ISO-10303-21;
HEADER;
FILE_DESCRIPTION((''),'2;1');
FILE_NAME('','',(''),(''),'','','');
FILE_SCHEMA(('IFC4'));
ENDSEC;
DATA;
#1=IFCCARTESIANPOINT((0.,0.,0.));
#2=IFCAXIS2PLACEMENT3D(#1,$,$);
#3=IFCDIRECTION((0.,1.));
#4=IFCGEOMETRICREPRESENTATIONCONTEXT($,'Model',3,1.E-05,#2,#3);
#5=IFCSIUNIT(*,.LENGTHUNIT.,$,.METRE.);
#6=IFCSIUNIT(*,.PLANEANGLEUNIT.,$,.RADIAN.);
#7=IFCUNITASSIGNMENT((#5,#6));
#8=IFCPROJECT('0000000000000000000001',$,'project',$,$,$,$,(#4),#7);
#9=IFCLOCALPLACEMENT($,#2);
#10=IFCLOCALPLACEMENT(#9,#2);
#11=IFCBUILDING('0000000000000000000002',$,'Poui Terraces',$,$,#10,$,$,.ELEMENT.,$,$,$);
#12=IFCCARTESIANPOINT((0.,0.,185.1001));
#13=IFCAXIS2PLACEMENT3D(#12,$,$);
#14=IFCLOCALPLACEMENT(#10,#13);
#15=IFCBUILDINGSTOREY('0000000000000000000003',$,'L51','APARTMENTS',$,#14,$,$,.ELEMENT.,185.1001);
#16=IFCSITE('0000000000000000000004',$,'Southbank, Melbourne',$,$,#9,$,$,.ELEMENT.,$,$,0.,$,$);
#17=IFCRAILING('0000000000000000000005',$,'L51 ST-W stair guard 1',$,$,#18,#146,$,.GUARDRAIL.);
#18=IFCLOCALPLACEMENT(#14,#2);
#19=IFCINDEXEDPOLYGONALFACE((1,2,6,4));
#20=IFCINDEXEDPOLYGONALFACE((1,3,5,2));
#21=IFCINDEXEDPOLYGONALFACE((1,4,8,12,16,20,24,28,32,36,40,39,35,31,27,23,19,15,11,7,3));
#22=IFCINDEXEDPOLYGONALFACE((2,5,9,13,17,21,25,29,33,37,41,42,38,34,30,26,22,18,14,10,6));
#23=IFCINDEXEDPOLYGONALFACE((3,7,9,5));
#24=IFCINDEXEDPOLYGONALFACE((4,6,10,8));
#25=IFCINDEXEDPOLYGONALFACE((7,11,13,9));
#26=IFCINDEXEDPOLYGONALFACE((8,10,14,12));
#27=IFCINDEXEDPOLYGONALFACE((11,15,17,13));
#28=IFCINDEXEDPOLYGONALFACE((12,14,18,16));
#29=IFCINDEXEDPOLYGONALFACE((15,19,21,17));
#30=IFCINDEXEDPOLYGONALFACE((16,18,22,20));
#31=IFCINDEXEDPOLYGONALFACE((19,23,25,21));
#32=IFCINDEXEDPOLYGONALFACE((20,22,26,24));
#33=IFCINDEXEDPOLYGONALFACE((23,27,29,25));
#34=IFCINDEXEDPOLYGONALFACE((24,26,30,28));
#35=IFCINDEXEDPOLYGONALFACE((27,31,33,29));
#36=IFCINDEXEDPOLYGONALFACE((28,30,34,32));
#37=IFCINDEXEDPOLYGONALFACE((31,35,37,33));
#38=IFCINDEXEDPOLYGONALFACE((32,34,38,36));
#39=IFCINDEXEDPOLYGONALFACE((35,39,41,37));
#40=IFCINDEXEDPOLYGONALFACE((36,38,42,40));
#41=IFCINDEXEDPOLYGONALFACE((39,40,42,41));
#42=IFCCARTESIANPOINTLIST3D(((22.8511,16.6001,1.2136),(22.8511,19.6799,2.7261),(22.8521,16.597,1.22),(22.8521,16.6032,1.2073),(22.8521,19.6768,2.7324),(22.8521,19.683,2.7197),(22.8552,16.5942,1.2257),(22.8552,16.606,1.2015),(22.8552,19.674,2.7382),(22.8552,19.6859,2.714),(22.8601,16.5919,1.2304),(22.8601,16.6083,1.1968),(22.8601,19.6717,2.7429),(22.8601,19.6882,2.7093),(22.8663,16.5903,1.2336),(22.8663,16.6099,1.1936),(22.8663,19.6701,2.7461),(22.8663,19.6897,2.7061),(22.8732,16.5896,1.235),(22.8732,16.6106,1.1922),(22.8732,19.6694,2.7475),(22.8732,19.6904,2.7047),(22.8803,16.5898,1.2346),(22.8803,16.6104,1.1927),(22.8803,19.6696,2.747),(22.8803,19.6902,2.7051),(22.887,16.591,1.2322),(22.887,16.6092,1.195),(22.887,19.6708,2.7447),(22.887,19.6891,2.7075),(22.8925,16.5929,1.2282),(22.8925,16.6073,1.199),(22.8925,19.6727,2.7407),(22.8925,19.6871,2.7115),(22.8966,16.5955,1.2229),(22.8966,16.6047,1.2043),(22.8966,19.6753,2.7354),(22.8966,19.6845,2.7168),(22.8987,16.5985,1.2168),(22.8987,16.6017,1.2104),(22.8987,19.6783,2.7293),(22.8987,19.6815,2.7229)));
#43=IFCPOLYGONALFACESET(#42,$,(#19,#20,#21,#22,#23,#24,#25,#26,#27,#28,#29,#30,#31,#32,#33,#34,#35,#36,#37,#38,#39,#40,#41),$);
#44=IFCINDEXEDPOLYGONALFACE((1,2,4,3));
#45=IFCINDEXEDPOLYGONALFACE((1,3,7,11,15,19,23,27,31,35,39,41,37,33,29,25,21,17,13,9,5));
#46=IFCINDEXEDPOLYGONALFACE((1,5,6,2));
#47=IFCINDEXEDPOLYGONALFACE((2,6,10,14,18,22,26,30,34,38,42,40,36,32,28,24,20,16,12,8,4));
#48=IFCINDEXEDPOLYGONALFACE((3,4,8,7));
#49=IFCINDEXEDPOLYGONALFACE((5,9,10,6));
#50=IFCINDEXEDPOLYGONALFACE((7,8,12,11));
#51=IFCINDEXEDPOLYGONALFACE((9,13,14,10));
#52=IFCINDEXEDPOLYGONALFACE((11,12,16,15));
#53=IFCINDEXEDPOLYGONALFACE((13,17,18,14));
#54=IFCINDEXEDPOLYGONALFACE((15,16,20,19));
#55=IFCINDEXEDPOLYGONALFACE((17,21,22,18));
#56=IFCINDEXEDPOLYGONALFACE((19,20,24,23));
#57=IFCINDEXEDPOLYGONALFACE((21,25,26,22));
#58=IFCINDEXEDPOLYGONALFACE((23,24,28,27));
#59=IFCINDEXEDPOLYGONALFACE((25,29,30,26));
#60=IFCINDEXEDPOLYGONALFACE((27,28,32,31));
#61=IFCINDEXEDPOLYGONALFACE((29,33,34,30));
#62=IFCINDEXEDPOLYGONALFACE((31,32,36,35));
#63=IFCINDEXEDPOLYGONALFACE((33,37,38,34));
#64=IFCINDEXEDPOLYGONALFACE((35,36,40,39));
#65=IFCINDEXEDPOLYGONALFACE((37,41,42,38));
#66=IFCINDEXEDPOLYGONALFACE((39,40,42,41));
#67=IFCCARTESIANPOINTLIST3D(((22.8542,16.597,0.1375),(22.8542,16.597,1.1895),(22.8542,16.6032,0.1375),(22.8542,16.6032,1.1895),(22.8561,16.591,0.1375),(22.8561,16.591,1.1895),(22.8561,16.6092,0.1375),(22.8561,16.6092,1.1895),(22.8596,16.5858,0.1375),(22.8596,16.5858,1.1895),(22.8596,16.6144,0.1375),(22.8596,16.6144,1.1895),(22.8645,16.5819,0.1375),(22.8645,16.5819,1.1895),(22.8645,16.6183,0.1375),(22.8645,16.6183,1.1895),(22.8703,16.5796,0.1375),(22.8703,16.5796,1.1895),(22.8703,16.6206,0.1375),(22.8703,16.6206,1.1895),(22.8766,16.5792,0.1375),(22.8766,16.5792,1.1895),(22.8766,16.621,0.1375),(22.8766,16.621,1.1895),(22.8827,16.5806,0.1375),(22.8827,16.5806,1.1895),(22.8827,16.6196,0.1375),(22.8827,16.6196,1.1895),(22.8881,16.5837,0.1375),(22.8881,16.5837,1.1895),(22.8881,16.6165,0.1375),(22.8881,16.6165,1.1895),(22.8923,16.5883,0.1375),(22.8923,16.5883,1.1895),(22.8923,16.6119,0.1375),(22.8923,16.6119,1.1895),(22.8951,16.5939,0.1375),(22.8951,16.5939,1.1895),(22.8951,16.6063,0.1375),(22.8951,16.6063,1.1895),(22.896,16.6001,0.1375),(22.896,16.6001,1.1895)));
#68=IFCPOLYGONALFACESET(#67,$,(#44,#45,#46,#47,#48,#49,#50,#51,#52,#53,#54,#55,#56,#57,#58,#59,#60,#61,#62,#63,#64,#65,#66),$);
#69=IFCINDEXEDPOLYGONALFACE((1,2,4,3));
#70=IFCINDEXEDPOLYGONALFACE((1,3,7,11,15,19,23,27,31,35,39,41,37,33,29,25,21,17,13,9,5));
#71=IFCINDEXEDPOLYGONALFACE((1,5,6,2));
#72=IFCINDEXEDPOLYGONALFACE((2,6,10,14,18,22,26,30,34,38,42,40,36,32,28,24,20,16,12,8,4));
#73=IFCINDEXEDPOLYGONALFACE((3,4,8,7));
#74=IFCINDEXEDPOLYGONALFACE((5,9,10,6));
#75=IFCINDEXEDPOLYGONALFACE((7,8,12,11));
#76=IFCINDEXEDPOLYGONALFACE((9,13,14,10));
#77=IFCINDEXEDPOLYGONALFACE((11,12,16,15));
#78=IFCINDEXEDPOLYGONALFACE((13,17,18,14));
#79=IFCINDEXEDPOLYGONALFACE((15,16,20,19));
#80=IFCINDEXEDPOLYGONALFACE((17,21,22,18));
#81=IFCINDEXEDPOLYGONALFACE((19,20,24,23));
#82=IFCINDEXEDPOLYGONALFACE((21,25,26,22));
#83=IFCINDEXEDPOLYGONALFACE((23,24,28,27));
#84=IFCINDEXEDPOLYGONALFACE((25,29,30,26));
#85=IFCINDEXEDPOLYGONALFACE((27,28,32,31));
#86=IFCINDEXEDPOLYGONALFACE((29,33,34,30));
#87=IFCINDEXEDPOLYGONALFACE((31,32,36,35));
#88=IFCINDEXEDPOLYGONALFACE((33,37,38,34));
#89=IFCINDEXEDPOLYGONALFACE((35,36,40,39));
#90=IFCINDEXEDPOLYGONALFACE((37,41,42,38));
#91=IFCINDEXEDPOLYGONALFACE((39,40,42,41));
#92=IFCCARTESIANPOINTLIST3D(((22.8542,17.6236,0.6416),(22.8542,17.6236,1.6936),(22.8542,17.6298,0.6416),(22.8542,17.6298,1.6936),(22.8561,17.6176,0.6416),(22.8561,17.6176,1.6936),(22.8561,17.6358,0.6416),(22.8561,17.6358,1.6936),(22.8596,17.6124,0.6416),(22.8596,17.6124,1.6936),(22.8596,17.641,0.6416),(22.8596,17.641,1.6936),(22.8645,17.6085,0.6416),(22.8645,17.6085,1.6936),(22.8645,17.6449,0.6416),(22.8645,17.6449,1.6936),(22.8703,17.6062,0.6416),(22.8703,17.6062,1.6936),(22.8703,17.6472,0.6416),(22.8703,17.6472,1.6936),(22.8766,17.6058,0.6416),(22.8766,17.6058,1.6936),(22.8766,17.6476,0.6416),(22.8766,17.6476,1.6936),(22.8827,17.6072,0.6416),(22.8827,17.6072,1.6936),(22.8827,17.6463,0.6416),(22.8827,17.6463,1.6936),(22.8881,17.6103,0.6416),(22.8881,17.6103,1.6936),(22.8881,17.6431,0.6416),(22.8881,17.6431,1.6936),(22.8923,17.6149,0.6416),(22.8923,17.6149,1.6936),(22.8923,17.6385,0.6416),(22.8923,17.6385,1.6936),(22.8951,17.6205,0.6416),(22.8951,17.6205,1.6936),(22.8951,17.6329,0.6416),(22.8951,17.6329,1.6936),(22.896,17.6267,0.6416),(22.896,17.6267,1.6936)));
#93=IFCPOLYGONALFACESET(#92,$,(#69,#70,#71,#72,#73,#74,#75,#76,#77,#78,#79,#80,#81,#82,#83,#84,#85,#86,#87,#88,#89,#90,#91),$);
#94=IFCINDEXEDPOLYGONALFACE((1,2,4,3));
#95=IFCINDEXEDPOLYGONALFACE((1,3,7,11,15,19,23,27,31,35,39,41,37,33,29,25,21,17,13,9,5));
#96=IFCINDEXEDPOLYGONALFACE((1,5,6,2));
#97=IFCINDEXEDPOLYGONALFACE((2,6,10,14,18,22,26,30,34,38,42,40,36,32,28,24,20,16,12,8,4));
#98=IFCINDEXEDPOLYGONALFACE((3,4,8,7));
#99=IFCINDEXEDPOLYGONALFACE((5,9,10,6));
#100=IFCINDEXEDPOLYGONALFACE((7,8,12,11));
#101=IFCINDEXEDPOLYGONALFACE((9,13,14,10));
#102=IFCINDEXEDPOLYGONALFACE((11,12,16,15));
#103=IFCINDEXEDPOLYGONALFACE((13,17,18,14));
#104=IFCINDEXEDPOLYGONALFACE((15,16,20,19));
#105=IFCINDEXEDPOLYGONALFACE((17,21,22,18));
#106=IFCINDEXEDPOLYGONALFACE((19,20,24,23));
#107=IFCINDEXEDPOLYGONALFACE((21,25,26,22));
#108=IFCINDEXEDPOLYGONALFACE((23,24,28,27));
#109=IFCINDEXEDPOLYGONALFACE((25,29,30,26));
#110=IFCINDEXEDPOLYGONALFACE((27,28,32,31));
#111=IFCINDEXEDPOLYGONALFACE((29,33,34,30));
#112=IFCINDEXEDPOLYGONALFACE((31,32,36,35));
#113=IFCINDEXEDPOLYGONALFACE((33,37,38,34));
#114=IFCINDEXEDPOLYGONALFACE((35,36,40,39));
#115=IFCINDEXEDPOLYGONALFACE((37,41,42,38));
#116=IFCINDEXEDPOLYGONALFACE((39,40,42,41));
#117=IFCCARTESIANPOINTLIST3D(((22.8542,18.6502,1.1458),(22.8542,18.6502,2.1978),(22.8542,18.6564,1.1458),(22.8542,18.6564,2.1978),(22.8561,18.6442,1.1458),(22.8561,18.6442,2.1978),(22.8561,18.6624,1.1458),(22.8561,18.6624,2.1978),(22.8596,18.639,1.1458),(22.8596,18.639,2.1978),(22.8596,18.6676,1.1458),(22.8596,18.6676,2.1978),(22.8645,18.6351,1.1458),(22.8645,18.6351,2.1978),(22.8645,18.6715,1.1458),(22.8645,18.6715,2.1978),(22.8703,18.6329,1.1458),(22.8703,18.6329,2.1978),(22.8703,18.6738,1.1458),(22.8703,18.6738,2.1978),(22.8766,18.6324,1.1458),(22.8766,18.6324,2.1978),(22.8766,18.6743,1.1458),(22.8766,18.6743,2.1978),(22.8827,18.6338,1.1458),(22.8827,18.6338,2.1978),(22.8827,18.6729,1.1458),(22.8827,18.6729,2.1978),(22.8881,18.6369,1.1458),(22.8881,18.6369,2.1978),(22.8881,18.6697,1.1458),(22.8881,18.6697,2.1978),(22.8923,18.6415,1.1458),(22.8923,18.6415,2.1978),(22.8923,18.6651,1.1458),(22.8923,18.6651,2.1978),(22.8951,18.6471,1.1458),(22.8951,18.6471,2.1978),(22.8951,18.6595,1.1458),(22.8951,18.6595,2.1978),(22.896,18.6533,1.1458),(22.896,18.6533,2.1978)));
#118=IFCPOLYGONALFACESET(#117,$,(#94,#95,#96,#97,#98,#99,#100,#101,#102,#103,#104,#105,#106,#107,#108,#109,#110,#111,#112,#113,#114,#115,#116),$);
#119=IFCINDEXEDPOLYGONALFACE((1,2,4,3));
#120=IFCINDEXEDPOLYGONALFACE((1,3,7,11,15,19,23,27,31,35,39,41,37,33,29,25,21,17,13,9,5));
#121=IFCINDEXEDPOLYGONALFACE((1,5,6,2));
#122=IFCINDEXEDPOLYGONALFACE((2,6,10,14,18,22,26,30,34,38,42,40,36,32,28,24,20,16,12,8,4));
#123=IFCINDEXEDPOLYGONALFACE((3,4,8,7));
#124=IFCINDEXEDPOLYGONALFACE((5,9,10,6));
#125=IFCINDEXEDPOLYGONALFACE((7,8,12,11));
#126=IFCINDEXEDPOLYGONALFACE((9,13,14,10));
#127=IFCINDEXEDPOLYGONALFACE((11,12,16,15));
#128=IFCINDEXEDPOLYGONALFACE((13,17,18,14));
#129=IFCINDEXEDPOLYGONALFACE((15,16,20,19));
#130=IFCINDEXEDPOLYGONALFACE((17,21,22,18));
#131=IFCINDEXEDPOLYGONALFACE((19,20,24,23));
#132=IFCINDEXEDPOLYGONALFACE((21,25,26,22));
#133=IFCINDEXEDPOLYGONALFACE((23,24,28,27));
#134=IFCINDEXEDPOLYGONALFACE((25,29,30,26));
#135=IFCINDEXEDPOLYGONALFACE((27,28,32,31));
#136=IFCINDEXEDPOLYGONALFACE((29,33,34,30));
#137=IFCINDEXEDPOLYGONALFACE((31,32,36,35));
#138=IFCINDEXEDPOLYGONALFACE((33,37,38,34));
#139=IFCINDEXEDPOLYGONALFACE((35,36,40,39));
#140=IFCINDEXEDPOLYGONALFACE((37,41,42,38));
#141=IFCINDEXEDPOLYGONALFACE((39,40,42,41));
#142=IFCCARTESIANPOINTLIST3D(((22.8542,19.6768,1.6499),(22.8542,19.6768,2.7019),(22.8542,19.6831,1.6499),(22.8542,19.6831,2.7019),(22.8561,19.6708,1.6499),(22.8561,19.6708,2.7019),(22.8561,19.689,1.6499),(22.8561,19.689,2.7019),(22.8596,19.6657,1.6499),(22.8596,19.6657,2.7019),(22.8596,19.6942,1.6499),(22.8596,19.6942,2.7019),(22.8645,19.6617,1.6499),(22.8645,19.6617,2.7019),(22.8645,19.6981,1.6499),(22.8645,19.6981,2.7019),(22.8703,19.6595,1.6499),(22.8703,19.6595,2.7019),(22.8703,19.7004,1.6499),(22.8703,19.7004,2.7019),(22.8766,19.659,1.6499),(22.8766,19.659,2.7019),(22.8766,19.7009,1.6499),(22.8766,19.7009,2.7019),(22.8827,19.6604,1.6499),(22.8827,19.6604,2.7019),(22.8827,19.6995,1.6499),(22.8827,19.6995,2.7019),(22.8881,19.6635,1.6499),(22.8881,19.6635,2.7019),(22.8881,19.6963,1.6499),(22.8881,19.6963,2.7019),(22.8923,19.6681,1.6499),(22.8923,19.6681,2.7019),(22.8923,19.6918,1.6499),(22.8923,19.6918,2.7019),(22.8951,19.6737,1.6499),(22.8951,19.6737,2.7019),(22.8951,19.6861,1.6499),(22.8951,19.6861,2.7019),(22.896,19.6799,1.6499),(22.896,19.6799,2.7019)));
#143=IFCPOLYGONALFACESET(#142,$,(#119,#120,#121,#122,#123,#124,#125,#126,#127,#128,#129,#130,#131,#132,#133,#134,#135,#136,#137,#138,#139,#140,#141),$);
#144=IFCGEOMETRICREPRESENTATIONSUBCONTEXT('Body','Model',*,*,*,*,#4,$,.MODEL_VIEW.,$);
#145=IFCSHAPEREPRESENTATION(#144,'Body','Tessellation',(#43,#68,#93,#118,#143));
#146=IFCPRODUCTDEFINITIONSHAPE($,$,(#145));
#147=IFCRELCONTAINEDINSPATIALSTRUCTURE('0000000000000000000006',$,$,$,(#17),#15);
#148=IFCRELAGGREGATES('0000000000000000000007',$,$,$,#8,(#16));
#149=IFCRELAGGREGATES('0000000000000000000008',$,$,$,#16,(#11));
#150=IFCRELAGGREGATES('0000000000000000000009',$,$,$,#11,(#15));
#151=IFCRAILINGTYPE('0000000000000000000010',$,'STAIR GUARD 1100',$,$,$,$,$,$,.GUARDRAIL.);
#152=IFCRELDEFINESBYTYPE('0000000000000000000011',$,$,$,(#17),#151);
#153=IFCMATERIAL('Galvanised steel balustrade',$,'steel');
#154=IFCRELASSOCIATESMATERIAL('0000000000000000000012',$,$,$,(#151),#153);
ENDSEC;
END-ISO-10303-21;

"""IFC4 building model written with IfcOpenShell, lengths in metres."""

from ifc_helpers import new_model, si_unit, direction, frame, origin, origin_2d, place, context, subcontext, project, spatial, circle, extrude, material, type_object, element, save


model = new_model("IFC4")

# Units and contexts
model_context = context("Model", 3, precision=1e-05, world=origin(), true_north=direction((0.0, 1.0)))
body_context = subcontext(model_context, "Body", "Model", "MODEL_VIEW")
ifc_project = project(units=[si_unit("LENGTHUNIT", "METRE"), si_unit("PLANEANGLEUNIT", "RADIAN")], contexts=[model_context])

# Site, building, storey
site_placement = place(None, origin())
site = spatial("IfcSite", under=ifc_project, at=site_placement, Name="Southbank, Melbourne", CompositionType="ELEMENT", RefElevation=0.0)
building_placement = place(site_placement, origin())
building = spatial("IfcBuilding", under=site, at=building_placement, Name="Poui Terraces", CompositionType="ELEMENT")
storey_placement = place(building_placement, frame((0.0, 0.0, 185.1001)))
storey = spatial("IfcBuildingStorey", under=building, at=storey_placement, Name="L51", Description="APARTMENTS", CompositionType="ELEMENT", Elevation=185.1001)

# Railing
ifc_material_1 = material(Name="Galvanised steel balustrade", Category="steel")
railing_type_1 = type_object("IfcRailingType", Name="STAIR GUARD 1100", PredefinedType="GUARDRAIL", material=ifc_material_1)
railing_1_placement = place(storey_placement, frame((22.875, 16.6001, 0.1375)))
element("IfcRailing", 1, at=railing_1_placement, inside=storey, type_object=railing_type_1, Name="L51 ST-W stair guard 1", PredefinedType="GUARDRAIL", context=body_context, shape_type="SweptSolid", body=[
    extrude(circle(Radius=0.0239, at=origin_2d()), frame((0.0, 0.0, 1.0762), z_axis=(0.0, 0.897606, 0.440798), x_axis=(-1.0, 0.0, 0.0)), (0.0, 0.0, 1.0), 3.4312),
    extrude(circle(Radius=0.021, at=origin_2d()), origin(), (0.0, 0.0, 1.0), 1.052),
    extrude(circle(Radius=0.021, at=origin_2d()), frame((0.0, 1.0266, 0.5042)), (0.0, 0.0, 1.0), 1.052),
    extrude(circle(Radius=0.021, at=origin_2d()), frame((0.0, 2.0532, 1.0083)), (0.0, 0.0, 1.0), 1.052),
    extrude(circle(Radius=0.021, at=origin_2d()), frame((0.0, 3.0798, 1.5125)), (0.0, 0.0, 1.0), 1.052),
])

save(model, "model.ifc")
